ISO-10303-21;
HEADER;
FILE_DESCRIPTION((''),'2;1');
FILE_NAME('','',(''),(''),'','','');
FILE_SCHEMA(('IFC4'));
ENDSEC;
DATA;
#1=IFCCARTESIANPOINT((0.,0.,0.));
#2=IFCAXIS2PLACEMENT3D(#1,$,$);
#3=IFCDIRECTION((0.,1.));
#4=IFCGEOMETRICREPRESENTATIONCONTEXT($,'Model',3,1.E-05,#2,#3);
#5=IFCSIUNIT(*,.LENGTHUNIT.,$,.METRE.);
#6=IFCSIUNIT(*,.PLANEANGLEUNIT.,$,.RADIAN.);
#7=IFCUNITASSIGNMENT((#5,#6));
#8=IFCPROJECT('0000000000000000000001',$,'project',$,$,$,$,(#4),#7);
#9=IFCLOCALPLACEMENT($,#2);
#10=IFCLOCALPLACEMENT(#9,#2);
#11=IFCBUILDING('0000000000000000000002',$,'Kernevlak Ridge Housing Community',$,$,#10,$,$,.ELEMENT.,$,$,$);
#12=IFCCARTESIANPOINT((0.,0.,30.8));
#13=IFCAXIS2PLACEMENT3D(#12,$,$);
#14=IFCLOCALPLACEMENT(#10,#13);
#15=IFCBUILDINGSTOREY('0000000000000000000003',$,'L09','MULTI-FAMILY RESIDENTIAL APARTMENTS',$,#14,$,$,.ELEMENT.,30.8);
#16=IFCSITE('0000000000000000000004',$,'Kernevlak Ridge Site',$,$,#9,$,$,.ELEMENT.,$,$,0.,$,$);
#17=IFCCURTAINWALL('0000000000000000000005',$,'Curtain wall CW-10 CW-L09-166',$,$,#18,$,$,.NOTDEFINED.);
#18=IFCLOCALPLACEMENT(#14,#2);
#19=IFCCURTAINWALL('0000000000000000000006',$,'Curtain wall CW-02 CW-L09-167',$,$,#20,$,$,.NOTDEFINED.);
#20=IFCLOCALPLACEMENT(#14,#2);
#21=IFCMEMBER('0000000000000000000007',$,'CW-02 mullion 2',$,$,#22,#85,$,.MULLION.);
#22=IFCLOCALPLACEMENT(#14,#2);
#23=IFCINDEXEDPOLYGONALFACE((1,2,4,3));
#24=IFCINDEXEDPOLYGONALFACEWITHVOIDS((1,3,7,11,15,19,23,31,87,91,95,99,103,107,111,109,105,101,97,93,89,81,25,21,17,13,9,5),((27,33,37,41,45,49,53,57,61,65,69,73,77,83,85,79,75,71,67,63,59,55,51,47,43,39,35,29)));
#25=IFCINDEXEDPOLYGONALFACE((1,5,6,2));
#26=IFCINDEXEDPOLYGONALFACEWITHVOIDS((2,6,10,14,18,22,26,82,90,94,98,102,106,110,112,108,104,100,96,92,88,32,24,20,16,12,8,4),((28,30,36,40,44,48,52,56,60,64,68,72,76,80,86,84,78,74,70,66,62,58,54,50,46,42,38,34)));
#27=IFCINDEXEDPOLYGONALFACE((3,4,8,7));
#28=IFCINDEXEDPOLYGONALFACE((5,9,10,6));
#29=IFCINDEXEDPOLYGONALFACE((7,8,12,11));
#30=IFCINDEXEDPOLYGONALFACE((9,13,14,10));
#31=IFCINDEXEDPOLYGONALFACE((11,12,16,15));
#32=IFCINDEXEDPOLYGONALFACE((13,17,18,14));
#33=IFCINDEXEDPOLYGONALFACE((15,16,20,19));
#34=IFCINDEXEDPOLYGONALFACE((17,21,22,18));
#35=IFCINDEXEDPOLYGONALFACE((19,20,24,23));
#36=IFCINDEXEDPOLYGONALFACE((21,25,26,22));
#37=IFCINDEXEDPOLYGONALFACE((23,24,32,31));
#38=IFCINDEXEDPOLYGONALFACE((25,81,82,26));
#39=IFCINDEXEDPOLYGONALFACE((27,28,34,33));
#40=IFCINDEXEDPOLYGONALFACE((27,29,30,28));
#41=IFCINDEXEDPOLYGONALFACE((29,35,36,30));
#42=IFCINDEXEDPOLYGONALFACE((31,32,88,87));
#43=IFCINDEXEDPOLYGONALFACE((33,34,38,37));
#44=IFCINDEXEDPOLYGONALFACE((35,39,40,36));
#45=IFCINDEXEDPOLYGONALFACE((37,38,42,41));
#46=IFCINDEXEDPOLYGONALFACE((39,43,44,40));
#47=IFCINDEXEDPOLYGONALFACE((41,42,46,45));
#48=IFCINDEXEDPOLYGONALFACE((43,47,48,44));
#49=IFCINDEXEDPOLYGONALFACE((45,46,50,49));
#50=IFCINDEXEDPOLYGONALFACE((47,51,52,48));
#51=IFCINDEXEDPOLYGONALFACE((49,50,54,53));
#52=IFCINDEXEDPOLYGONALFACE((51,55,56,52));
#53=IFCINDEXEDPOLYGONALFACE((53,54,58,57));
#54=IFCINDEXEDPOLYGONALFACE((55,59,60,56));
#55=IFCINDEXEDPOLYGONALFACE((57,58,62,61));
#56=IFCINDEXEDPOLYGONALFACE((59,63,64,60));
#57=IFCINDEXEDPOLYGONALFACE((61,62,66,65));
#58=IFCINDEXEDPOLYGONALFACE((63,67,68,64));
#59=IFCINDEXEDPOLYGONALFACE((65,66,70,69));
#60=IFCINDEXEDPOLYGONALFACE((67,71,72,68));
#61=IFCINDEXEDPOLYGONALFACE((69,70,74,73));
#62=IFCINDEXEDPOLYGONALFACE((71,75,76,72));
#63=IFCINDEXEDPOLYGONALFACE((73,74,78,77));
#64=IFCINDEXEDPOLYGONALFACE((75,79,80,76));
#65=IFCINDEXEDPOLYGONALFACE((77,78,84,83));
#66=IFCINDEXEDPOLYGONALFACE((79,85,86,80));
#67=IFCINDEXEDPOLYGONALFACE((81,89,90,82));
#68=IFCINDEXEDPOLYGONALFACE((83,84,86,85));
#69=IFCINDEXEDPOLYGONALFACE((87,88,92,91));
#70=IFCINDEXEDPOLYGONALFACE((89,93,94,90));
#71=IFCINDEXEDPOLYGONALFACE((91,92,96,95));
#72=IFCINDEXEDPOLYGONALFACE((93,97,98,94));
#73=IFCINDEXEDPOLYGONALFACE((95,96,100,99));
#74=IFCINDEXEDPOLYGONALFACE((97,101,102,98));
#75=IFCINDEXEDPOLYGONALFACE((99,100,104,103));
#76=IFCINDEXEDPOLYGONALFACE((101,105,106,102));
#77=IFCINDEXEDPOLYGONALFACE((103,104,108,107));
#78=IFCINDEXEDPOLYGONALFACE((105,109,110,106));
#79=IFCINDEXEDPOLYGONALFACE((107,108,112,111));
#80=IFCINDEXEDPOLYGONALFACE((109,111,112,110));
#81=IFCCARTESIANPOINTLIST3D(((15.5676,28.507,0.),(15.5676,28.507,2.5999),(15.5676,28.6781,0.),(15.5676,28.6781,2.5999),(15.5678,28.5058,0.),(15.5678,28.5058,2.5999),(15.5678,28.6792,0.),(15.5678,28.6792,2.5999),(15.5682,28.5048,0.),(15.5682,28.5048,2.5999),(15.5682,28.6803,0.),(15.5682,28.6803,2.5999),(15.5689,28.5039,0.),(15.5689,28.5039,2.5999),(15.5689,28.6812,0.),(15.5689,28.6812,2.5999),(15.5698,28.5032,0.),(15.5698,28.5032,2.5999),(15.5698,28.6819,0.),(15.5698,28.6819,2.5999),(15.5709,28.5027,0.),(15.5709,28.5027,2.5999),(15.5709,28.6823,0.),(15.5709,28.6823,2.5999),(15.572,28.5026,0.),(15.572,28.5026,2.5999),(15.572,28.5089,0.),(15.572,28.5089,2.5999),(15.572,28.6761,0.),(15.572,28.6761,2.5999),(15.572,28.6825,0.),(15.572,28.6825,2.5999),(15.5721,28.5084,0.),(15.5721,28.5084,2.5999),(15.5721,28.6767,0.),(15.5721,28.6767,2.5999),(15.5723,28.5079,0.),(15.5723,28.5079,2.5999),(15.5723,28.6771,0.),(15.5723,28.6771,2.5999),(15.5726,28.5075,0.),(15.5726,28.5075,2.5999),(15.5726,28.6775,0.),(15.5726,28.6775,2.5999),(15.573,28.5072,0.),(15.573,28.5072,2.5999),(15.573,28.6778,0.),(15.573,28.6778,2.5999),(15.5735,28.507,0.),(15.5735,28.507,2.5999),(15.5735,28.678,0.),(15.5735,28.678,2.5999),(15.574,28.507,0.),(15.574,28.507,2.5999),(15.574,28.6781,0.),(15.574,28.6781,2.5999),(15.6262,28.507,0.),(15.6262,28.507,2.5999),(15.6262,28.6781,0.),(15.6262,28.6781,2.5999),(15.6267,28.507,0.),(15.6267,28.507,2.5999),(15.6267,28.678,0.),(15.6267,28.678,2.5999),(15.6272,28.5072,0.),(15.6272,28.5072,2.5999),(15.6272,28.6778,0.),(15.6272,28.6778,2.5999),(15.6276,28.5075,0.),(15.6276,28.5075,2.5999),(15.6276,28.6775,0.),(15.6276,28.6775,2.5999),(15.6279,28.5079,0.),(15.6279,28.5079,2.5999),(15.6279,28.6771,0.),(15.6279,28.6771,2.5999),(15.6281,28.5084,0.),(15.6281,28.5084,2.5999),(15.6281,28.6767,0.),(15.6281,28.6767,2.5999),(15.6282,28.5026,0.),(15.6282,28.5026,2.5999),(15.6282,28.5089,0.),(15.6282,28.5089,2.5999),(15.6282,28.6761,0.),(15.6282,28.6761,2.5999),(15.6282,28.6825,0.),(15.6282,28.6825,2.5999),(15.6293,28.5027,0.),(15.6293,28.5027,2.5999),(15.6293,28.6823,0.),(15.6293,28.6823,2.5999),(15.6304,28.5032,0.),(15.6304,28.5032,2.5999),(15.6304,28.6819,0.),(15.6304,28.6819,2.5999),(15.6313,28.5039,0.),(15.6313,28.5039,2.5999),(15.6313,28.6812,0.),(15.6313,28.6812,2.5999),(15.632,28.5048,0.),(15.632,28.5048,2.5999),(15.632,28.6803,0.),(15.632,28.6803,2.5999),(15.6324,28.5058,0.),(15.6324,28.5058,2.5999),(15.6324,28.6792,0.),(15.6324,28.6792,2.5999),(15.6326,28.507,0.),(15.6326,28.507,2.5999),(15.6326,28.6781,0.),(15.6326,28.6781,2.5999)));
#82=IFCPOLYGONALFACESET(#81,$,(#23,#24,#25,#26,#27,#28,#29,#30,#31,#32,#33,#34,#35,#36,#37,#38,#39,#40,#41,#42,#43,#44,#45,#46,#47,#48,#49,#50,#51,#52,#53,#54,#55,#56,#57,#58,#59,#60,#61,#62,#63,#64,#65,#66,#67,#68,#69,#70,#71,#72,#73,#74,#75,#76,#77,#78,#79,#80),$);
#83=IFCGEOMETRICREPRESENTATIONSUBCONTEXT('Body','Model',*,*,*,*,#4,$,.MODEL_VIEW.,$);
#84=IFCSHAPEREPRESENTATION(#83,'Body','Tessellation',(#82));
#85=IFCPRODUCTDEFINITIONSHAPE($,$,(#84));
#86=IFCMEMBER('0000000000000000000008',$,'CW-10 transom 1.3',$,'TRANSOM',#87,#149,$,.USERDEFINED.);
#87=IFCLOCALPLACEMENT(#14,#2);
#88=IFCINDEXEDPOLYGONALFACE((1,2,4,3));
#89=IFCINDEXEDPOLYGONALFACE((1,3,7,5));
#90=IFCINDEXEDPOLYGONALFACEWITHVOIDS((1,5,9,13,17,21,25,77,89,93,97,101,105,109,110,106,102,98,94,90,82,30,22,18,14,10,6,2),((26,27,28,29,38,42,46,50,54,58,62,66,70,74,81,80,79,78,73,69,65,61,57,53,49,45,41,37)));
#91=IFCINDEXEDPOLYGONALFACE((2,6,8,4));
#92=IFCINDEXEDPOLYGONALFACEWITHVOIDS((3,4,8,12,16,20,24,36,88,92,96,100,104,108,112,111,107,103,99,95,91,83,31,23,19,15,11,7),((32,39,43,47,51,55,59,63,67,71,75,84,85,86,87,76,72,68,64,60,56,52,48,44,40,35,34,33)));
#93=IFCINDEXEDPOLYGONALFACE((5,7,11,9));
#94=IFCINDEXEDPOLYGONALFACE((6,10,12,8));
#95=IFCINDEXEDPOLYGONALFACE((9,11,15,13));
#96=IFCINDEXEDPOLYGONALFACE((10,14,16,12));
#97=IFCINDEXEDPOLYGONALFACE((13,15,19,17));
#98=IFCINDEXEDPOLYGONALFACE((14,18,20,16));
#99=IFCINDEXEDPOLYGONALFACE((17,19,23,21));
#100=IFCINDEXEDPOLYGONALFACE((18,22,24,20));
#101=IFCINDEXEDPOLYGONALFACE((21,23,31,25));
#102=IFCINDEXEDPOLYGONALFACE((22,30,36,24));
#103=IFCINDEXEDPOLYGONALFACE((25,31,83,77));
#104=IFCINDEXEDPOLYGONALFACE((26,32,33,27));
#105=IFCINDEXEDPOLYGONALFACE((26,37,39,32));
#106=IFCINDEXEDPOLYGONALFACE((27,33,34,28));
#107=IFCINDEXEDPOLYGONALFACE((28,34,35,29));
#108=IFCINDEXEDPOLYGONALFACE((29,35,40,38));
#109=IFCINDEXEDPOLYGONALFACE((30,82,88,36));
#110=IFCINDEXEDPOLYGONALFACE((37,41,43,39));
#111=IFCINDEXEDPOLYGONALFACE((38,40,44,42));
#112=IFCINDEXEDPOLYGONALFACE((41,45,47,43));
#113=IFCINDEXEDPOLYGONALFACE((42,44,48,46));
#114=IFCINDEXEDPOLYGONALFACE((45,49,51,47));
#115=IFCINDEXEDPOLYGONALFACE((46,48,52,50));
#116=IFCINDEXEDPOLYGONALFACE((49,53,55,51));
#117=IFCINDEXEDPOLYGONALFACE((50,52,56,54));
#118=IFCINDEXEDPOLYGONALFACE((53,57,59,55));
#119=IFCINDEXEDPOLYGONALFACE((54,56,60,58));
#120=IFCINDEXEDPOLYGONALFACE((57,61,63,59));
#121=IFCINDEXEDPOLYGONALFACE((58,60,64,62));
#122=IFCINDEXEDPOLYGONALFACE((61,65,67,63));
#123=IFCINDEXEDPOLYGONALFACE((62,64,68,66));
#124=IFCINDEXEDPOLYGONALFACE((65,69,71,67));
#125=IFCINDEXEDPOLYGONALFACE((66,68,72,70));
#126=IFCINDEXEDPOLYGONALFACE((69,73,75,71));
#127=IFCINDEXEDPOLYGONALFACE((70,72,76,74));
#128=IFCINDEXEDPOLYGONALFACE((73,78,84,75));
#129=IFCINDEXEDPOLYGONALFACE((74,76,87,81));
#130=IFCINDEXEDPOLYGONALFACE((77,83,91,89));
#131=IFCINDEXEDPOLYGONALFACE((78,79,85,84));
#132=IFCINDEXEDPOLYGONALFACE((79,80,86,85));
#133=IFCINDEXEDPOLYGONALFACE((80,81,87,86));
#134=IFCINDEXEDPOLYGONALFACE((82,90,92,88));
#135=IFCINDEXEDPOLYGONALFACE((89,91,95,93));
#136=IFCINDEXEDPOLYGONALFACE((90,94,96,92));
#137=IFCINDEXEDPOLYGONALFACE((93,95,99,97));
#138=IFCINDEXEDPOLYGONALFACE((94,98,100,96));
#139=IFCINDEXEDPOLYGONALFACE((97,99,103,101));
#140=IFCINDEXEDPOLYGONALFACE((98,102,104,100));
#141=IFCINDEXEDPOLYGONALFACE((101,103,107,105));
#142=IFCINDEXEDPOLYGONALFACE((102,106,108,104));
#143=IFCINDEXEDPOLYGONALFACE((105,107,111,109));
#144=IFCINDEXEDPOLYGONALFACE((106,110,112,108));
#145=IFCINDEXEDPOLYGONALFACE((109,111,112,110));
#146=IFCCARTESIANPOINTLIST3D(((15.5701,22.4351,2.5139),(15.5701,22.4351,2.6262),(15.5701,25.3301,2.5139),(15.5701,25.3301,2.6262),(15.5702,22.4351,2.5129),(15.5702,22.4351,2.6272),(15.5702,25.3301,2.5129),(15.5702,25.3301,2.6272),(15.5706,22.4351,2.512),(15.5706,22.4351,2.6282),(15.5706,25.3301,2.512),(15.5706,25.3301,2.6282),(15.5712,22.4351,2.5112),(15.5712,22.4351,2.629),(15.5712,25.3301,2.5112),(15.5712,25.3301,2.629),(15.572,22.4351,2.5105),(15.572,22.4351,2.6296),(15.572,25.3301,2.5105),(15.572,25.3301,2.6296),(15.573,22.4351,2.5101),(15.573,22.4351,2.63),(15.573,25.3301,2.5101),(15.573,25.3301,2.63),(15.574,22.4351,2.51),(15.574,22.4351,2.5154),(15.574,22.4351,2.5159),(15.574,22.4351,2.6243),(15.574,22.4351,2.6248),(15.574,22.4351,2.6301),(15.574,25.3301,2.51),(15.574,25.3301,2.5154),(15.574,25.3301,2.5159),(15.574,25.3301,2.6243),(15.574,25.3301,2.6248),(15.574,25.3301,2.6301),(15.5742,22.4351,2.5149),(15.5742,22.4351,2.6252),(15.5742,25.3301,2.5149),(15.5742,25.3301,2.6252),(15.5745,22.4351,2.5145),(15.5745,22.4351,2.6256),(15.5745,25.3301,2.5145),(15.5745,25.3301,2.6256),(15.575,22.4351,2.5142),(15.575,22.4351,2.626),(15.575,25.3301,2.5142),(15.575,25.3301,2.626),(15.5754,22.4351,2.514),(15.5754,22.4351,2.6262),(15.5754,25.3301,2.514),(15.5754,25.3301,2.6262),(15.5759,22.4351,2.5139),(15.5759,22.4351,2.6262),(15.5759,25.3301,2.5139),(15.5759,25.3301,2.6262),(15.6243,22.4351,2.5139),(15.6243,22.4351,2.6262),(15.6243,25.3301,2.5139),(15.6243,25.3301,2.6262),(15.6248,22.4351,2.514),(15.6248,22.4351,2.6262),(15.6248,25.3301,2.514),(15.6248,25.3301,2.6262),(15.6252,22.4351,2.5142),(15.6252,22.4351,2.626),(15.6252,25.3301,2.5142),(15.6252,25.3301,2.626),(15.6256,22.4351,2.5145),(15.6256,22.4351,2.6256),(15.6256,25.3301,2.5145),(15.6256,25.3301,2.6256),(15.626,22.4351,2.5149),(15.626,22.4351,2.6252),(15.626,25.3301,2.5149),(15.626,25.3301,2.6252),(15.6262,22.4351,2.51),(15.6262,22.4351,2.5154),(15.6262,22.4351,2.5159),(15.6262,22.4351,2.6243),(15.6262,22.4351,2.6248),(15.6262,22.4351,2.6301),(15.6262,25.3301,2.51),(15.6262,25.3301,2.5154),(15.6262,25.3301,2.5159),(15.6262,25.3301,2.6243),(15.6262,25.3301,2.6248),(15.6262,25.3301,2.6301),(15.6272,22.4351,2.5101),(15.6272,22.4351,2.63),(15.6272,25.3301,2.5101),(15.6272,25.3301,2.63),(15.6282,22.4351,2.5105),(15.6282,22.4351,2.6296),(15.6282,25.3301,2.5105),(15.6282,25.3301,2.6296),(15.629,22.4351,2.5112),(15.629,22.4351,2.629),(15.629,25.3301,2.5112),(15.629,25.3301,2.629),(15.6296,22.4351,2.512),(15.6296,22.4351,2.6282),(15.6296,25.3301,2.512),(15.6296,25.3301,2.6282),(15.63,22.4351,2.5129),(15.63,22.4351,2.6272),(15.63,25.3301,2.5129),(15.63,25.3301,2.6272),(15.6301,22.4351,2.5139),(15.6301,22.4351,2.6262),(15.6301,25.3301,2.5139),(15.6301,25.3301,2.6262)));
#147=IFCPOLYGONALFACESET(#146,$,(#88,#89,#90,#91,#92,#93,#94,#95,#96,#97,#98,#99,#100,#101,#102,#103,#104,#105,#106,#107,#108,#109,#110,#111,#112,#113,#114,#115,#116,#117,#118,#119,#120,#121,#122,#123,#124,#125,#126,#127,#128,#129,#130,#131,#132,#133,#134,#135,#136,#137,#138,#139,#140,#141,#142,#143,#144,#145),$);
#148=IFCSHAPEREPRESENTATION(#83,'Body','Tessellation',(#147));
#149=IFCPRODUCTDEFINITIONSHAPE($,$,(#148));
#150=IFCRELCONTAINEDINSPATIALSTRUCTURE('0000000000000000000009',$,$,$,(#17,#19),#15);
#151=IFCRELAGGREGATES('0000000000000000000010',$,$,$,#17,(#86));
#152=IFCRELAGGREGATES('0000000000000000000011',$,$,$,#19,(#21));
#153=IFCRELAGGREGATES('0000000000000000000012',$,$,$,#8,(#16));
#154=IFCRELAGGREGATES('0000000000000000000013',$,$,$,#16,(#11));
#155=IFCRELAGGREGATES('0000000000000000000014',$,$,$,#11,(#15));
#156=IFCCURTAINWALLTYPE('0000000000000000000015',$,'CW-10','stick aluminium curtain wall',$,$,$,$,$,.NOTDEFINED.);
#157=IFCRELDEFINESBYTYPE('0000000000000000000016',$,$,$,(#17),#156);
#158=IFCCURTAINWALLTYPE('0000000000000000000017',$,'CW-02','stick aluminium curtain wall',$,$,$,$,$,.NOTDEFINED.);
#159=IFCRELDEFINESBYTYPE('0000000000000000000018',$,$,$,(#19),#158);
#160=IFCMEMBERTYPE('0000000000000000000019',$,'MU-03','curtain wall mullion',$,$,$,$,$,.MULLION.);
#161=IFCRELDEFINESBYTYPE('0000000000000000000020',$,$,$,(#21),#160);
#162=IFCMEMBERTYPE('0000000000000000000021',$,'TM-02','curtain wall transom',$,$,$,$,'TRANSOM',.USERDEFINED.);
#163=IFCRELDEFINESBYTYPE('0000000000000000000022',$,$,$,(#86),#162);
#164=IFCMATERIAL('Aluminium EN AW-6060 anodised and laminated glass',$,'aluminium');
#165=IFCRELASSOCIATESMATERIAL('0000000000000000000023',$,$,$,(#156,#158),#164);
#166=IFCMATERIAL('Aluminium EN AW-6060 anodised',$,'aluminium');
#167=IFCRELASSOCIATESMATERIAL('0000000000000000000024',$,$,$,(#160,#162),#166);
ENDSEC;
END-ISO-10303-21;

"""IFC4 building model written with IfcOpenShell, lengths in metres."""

from ifc_helpers import new_model, si_unit, direction, frame, origin, origin_2d, place, context, subcontext, project, spatial, hollow_rectangle, extrude, material, material_profile, profile_set, type_object, element, aggregate, save


model = new_model("IFC4")

# Units and contexts
model_context = context("Model", 3, precision=1e-05, world=origin(), true_north=direction((0.0, 1.0)))
body_context = subcontext(model_context, "Body", "Model", "MODEL_VIEW")
ifc_project = project(units=[si_unit("LENGTHUNIT", "METRE"), si_unit("PLANEANGLEUNIT", "RADIAN")], contexts=[model_context])

# Site, building, storey
site_placement = place(None, origin())
site = spatial("IfcSite", under=ifc_project, at=site_placement, Name="Kernevlak Ridge Site", CompositionType="ELEMENT", RefElevation=0.0)
building_placement = place(site_placement, origin())
building = spatial("IfcBuilding", under=site, at=building_placement, Name="Kernevlak Ridge Housing Community", CompositionType="ELEMENT")
storey_placement = place(building_placement, frame((0.0, 0.0, 30.8)))
storey = spatial("IfcBuildingStorey", under=building, at=storey_placement, Name="L09", Description="MULTI-FAMILY RESIDENTIAL APARTMENTS", CompositionType="ELEMENT", Elevation=30.8)

# Curtain wall
ifc_material_1 = material(Name="Aluminium EN AW-6060 anodised and laminated glass", Category="aluminium")
curtain_wall_type_1 = type_object("IfcCurtainWallType", Name="CW-10", Description="stick aluminium curtain wall", PredefinedType="NOTDEFINED", material=ifc_material_1)
curtain_wall_1_placement = place(storey_placement, origin())
curtain_wall_1 = element("IfcCurtainWall", 1, at=curtain_wall_1_placement, inside=storey, type_object=curtain_wall_type_1, Name="Curtain wall CW-10 CW-L09-166", PredefinedType="NOTDEFINED")
ifc_material_2 = material(Name="Aluminium EN AW-6060 anodised", Category="aluminium")

# Curtain wall, member
curtain_wall_type_2 = type_object("IfcCurtainWallType", Name="CW-02", Description="stick aluminium curtain wall", PredefinedType="NOTDEFINED", material=ifc_material_1)
curtain_wall_2_placement = place(storey_placement, origin())
curtain_wall_2 = element("IfcCurtainWall", 2, at=curtain_wall_2_placement, inside=storey, type_object=curtain_wall_type_2, Name="Curtain wall CW-02 CW-L09-167", PredefinedType="NOTDEFINED")
ifc_material_profile_1 = material_profile(ifc_material_2, hollow_rectangle(XDim=0.0649, YDim=0.1799, WallThickness=0.0044, InnerFilletRadius=0.002, OuterFilletRadius=0.0044, at=origin_2d()), Name="ALU 65x180x4.5")
ifc_profile_set_1 = profile_set([ifc_material_profile_1], Name="Aluminium EN AW-6060 anodised")
member_type_1 = type_object("IfcMemberType", Name="MU-03", Description="curtain wall mullion", PredefinedType="MULLION", material=ifc_profile_set_1)
member_1_placement = place(storey_placement, frame((15.6001, 28.5925, 0.0), z_axis=(0.0, 0.0, 1.0), x_axis=(-1.0, 0.0, 0.0)))
member_1 = element("IfcMember", 3, at=member_1_placement, type_object=member_type_1, Name="CW-02 mullion 2", PredefinedType="MULLION", context=body_context, shape_type="SweptSolid", body=[
    extrude(hollow_rectangle(XDim=0.0649, YDim=0.1799, WallThickness=0.0044, InnerFilletRadius=0.002, OuterFilletRadius=0.0044, at=origin_2d()), origin(), (0.0, 0.0, 1.0), 2.5999),
])

# Member
ifc_material_profile_2 = material_profile(ifc_material_2, hollow_rectangle(XDim=0.0601, YDim=0.1201, WallThickness=0.0039, InnerFilletRadius=0.002, OuterFilletRadius=0.0039, at=origin_2d()), Name="ALU 60x120x4")
ifc_profile_set_2 = profile_set([ifc_material_profile_2], Name="Aluminium EN AW-6060 anodised")
member_type_2 = type_object("IfcMemberType", Name="TM-02", Description="curtain wall transom", ElementType="TRANSOM", PredefinedType="USERDEFINED", material=ifc_profile_set_2)
member_2_placement = place(storey_placement, frame((15.6001, 22.4351, 2.5701), z_axis=(0.0, 1.0, 0.0), x_axis=(-1.0, 0.0, 0.0)))
member_2 = element("IfcMember", 4, at=member_2_placement, type_object=member_type_2, Name="CW-10 transom 1.3", ObjectType="TRANSOM", PredefinedType="USERDEFINED", context=body_context, shape_type="SweptSolid", body=[
    extrude(hollow_rectangle(XDim=0.0601, YDim=0.1201, WallThickness=0.0039, InnerFilletRadius=0.002, OuterFilletRadius=0.0039, at=origin_2d()), origin(), (0.0, 0.0, 1.0), 2.895),
])

aggregate(curtain_wall_1, [member_2])
aggregate(curtain_wall_2, [member_1])

save(model, "model.ifc")
